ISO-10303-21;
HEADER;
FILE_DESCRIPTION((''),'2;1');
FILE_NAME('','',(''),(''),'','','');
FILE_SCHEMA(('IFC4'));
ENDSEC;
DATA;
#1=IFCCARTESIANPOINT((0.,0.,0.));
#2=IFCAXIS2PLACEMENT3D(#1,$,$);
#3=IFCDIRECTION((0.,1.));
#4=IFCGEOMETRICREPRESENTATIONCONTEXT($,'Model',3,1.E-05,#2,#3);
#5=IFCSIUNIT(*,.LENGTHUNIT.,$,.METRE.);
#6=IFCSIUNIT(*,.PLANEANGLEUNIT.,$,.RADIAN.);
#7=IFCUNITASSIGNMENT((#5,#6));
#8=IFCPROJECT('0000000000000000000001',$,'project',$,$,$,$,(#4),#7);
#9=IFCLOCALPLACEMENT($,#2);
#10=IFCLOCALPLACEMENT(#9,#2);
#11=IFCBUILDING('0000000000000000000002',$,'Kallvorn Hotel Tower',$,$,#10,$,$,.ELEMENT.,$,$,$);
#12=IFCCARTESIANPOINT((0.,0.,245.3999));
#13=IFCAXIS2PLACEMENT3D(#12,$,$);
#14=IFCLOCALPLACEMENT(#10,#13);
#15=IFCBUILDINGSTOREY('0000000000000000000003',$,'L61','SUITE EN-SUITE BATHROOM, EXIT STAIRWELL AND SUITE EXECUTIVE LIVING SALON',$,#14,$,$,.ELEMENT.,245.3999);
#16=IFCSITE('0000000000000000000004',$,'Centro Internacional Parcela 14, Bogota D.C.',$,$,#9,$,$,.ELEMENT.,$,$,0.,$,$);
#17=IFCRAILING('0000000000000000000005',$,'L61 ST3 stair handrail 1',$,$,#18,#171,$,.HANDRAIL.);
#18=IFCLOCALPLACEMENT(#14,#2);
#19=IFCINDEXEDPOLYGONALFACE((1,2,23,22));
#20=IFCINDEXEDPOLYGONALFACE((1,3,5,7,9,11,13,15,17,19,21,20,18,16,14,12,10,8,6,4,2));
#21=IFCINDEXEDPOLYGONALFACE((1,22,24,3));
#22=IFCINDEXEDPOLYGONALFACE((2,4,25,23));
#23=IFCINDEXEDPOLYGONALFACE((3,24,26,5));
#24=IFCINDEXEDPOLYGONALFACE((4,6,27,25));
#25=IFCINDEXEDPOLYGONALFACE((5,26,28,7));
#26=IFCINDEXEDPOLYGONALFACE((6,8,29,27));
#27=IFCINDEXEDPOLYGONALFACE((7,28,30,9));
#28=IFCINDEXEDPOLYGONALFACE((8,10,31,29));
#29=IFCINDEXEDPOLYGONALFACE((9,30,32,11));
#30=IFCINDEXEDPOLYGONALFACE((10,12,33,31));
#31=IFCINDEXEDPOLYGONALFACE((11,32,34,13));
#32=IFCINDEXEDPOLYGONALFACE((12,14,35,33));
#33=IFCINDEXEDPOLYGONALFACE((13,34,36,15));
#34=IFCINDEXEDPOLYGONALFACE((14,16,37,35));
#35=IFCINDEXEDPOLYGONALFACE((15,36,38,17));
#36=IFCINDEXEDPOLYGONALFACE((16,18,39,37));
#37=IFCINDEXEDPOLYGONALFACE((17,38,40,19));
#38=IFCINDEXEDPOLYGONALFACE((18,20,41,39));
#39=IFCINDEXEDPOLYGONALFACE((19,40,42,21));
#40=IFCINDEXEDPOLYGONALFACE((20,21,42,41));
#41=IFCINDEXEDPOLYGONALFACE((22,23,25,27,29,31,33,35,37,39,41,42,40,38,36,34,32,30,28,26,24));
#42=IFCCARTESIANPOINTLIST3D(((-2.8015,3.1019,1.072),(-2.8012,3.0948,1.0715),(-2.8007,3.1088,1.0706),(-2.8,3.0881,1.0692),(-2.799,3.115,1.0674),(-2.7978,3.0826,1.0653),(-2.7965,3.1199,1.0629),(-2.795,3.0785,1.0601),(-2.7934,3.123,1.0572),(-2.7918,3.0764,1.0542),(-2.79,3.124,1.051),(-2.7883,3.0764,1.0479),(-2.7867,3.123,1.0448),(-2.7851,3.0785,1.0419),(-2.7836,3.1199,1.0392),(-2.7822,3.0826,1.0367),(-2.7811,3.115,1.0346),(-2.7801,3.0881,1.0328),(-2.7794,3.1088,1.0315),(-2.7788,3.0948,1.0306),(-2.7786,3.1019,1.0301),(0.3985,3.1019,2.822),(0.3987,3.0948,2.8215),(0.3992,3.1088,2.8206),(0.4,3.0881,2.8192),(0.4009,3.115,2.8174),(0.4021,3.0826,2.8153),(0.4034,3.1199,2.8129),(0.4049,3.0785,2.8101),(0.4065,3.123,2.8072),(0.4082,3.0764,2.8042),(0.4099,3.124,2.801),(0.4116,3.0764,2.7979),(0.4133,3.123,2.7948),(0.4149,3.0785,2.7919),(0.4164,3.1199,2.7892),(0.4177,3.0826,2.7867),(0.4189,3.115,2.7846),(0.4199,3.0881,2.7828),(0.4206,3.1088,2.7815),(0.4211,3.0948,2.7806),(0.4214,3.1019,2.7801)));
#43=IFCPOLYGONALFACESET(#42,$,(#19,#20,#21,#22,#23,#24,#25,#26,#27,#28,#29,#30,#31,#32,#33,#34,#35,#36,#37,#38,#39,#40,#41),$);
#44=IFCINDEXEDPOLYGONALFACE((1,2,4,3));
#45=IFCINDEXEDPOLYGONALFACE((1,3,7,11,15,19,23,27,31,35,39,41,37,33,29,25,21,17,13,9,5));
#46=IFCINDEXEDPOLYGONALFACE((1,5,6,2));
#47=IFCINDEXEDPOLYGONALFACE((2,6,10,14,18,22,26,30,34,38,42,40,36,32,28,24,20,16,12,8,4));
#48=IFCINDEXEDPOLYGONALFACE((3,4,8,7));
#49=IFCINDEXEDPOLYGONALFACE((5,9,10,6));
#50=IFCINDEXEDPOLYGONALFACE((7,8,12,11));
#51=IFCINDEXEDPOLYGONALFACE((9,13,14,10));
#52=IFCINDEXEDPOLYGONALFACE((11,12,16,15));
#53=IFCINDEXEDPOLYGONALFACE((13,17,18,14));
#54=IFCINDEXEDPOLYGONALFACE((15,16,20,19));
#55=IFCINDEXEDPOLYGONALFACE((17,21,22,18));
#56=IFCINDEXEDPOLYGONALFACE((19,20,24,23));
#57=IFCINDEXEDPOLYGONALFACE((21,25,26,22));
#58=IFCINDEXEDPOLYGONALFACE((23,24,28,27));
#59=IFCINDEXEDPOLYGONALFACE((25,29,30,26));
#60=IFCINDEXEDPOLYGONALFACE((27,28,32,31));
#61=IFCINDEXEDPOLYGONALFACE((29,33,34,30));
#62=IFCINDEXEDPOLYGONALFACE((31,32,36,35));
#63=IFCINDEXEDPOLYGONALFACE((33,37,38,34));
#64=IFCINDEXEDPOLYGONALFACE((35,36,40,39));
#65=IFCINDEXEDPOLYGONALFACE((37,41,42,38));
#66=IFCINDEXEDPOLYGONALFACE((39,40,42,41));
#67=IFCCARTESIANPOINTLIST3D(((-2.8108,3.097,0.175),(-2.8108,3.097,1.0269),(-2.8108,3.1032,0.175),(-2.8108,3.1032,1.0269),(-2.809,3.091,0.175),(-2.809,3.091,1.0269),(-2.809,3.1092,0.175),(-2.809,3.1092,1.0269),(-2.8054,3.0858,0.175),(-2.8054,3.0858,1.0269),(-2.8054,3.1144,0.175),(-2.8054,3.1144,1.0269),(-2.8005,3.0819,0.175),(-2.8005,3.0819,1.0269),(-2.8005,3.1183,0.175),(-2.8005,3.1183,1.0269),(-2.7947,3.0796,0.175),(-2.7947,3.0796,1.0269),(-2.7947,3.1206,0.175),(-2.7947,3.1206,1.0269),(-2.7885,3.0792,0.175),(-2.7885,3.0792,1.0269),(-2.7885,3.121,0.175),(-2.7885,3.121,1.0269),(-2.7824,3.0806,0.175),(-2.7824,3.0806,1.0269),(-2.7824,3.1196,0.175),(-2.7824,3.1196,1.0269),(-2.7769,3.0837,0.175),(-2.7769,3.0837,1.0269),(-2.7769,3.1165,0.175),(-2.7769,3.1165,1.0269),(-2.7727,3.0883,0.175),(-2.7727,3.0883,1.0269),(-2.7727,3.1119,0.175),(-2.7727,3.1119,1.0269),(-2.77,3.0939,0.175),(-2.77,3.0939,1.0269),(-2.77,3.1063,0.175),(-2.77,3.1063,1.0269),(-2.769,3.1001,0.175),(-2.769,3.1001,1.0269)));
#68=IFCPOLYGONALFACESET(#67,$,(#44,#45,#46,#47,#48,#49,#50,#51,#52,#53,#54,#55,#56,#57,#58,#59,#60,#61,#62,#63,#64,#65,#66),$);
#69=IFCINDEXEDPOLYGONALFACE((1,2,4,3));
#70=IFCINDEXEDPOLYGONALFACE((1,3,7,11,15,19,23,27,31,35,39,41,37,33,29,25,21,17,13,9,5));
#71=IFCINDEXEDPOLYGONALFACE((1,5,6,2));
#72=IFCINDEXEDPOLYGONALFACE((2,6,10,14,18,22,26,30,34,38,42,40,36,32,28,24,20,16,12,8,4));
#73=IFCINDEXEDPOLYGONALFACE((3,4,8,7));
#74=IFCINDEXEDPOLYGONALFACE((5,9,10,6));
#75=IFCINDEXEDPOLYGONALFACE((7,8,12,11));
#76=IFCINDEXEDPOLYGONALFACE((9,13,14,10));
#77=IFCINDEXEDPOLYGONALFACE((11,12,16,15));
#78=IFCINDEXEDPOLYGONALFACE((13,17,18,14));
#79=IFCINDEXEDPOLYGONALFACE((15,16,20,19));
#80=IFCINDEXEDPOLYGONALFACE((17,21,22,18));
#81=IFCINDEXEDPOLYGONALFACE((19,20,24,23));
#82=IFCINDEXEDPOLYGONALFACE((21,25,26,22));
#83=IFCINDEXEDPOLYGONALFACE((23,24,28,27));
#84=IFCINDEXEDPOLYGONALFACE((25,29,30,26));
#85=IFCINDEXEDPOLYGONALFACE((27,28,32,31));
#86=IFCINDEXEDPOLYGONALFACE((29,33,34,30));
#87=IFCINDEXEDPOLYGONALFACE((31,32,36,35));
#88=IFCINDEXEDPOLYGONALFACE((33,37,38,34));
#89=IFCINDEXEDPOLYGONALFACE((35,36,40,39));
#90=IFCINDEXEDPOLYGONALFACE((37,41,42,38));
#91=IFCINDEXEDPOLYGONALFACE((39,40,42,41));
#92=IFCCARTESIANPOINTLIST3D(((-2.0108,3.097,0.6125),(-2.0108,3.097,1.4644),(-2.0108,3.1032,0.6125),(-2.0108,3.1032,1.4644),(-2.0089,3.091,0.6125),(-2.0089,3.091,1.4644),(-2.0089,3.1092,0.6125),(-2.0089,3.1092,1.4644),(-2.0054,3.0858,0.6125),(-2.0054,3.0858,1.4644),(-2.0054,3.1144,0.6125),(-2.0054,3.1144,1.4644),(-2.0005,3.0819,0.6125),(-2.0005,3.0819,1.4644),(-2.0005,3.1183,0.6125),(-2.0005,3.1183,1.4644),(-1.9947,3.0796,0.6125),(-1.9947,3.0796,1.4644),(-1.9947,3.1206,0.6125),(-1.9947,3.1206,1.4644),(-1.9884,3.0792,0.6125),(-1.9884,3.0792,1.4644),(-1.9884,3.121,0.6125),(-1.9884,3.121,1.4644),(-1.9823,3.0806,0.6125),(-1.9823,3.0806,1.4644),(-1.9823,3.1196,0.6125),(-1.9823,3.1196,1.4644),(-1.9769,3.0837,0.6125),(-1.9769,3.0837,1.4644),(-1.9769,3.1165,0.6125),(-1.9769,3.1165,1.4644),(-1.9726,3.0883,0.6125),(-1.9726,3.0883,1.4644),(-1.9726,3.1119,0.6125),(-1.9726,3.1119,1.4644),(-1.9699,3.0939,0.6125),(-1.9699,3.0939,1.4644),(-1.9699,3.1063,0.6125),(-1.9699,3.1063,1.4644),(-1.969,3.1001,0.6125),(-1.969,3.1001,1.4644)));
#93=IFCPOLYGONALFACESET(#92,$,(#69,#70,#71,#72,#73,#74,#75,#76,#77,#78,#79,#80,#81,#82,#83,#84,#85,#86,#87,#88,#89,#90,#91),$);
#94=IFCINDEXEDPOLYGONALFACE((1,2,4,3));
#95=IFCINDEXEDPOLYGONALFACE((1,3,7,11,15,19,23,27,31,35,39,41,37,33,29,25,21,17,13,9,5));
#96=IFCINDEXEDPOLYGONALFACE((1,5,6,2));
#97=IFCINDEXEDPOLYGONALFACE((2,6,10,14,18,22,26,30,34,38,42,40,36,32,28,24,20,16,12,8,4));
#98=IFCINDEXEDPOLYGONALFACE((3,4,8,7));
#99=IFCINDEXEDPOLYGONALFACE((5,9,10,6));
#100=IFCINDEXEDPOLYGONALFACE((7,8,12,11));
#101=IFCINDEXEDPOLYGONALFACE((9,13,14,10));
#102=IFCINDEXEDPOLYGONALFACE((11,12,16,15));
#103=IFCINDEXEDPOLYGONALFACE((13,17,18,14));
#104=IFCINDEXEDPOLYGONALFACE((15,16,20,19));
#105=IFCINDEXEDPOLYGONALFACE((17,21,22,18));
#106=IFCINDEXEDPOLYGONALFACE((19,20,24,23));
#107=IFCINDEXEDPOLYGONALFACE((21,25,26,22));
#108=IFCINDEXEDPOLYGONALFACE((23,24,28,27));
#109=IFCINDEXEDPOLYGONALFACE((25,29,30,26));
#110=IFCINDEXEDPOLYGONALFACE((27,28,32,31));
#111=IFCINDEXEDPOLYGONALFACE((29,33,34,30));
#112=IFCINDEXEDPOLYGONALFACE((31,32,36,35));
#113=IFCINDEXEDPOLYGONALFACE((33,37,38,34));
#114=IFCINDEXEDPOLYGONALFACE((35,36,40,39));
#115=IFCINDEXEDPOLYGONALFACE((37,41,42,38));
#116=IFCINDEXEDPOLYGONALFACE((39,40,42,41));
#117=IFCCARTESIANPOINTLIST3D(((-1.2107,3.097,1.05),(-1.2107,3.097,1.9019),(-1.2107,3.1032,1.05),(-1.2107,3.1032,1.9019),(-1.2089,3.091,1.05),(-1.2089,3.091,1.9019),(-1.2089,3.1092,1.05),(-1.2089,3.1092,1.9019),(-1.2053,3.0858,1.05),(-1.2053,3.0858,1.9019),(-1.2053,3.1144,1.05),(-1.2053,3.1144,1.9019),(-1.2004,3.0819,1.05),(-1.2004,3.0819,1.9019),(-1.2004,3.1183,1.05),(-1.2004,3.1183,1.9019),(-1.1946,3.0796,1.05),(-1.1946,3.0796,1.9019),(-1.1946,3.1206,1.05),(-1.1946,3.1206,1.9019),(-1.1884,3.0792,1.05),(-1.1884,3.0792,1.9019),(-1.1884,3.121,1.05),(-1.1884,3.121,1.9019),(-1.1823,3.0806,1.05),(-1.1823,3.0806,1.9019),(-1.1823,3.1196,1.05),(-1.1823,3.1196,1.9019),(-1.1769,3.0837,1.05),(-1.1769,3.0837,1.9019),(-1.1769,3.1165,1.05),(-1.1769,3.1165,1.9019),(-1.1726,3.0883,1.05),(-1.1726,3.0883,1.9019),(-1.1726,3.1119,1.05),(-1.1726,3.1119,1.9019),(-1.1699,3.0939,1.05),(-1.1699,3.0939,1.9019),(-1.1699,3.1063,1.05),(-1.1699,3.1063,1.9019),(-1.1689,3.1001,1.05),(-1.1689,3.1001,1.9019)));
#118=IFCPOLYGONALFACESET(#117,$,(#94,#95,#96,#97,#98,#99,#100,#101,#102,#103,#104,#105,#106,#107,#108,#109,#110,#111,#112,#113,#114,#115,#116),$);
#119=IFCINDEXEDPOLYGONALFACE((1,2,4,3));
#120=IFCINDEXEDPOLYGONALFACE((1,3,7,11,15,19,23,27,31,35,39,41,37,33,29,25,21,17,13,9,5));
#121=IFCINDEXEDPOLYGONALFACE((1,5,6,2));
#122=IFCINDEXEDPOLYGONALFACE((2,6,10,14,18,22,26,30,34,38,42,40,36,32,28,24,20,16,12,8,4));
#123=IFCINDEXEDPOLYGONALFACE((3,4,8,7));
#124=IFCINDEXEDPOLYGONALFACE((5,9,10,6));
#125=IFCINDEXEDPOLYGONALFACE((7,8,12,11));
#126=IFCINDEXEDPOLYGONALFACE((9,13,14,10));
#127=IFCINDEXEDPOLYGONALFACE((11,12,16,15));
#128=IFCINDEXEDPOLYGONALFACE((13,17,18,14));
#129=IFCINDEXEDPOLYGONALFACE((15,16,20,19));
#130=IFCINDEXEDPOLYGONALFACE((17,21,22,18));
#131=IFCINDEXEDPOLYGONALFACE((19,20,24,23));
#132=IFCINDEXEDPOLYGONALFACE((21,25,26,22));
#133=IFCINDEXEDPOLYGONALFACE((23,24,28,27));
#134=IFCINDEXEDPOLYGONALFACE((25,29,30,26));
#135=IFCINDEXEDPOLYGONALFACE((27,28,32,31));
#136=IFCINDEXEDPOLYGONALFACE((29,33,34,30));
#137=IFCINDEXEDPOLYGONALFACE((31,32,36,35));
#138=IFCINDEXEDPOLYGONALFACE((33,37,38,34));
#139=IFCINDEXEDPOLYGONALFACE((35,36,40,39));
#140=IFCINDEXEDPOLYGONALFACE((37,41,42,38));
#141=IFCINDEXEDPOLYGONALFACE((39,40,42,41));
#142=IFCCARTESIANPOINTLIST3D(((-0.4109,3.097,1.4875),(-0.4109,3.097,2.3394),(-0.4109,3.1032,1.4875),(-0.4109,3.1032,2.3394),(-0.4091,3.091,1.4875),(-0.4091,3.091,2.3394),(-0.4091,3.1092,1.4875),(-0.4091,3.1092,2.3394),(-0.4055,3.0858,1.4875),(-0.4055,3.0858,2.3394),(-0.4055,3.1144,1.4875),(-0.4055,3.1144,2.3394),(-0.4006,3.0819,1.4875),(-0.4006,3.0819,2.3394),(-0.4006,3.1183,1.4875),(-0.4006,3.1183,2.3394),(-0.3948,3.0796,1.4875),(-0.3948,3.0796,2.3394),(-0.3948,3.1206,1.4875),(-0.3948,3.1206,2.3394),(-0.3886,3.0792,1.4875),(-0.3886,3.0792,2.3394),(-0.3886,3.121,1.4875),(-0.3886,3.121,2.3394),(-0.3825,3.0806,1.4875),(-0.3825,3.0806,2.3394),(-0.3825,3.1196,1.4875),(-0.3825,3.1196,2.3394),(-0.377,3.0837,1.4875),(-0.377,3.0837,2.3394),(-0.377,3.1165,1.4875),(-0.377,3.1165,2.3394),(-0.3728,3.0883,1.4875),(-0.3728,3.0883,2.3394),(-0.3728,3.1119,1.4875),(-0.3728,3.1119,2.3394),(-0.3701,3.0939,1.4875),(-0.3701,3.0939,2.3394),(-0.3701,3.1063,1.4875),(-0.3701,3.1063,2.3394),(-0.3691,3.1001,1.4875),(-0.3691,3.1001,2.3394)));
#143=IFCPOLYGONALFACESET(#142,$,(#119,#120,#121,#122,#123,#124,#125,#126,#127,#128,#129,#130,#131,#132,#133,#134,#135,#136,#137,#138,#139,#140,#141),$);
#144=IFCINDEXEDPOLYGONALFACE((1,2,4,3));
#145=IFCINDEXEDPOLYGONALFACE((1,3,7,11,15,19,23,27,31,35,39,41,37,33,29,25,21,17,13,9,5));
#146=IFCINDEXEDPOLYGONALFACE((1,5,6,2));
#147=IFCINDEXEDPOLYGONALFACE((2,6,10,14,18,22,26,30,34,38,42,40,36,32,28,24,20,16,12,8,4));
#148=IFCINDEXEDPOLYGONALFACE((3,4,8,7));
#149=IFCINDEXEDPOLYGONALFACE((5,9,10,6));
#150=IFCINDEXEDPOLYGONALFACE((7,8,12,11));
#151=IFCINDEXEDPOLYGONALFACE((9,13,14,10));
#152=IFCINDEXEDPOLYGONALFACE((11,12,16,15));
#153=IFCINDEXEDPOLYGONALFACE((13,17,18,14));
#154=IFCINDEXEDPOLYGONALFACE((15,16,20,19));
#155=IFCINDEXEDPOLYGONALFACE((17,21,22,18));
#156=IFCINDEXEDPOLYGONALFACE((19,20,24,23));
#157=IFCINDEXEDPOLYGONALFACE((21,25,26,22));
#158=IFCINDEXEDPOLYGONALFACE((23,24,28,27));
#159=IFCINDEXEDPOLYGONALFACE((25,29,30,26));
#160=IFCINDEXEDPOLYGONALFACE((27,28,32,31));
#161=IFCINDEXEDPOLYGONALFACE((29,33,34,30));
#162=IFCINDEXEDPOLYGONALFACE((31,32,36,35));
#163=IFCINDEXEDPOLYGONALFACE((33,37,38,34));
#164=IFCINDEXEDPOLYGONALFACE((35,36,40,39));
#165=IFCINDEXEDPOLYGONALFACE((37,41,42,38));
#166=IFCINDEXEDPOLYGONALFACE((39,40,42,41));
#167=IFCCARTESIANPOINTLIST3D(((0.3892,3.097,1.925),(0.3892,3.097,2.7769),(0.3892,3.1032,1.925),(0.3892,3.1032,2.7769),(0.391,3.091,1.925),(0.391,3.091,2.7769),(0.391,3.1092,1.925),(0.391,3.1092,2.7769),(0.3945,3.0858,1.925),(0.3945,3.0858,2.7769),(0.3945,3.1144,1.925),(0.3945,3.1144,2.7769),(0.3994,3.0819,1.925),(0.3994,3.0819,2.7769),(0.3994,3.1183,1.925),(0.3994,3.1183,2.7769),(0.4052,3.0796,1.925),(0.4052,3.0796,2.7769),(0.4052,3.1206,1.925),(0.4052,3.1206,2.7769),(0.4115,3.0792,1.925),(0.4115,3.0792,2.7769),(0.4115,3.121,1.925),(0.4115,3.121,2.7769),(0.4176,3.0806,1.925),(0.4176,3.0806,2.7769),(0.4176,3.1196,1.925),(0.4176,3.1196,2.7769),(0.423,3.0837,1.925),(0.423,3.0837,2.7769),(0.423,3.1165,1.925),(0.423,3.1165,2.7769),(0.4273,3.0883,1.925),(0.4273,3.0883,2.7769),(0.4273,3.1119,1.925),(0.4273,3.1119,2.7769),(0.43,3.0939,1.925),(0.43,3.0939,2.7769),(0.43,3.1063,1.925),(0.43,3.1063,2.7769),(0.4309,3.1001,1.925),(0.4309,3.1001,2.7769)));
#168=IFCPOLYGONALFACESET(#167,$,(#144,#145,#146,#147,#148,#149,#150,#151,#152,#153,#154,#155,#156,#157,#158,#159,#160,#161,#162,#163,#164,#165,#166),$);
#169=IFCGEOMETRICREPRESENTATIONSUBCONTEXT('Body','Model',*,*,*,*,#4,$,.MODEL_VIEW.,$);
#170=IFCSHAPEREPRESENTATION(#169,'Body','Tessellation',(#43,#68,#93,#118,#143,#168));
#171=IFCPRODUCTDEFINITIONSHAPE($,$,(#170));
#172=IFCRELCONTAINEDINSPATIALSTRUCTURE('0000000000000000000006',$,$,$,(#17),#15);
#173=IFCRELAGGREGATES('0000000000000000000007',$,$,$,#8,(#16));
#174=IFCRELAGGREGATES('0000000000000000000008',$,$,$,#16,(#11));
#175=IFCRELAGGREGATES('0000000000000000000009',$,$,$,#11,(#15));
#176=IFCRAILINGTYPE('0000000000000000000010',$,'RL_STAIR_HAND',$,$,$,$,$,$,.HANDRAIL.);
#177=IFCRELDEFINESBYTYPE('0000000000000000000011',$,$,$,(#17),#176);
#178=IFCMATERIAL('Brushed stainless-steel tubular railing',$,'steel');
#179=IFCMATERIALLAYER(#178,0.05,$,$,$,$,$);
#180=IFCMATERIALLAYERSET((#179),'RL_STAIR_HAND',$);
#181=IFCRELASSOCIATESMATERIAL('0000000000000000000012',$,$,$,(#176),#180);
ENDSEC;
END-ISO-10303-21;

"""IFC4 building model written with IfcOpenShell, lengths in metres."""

from ifc_helpers import new_model, si_unit, direction, frame, origin, origin_2d, place, context, subcontext, project, spatial, circle, extrude, material, layer, layer_set, type_object, element, save


model = new_model("IFC4")

# Units and contexts
model_context = context("Model", 3, precision=1e-05, world=origin(), true_north=direction((0.0, 1.0)))
body_context = subcontext(model_context, "Body", "Model", "MODEL_VIEW")
ifc_project = project(units=[si_unit("LENGTHUNIT", "METRE"), si_unit("PLANEANGLEUNIT", "RADIAN")], contexts=[model_context])

# Site, building, storey
site_placement = place(None, origin())
site = spatial("IfcSite", under=ifc_project, at=site_placement, Name="Centro Internacional Parcela 14, Bogota D.C.", CompositionType="ELEMENT", RefElevation=0.0)
building_placement = place(site_placement, origin())
building = spatial("IfcBuilding", under=site, at=building_placement, Name="Kallvorn Hotel Tower", CompositionType="ELEMENT")
storey_placement = place(building_placement, frame((0.0, 0.0, 245.3999)))
storey = spatial("IfcBuildingStorey", under=building, at=storey_placement, Name="L61", Description="SUITE EN-SUITE BATHROOM, EXIT STAIRWELL AND SUITE EXECUTIVE LIVING SALON", CompositionType="ELEMENT", Elevation=245.3999)

# Railing
ifc_material_1 = material(Name="Brushed stainless-steel tubular railing", Category="steel")
ifc_layer_1 = layer(ifc_material_1, 0.05)
ifc_layer_set_1 = layer_set([ifc_layer_1], Name="RL_STAIR_HAND")
railing_type_1 = type_object("IfcRailingType", Name="RL_STAIR_HAND", PredefinedType="HANDRAIL", material=ifc_layer_set_1)
railing_1_placement = place(storey_placement, frame((-2.79, 3.1001, 0.175)))
element("IfcRailing", 1, at=railing_1_placement, inside=storey, type_object=railing_type_1, Name="L61 ST3 stair handrail 1", PredefinedType="HANDRAIL", context=body_context, shape_type="SweptSolid", body=[
    extrude(circle(Radius=0.0239, at=origin_2d()), frame((0.0, 0.0, 0.876), z_axis=(0.877368, 0.0, 0.479818), x_axis=(0.0, 1.0, 0.0)), (0.0, 0.0, 1.0), 3.6472),
    extrude(circle(Radius=0.021, at=origin_2d()), origin(), (0.0, 0.0, 1.0), 0.8518),
    extrude(circle(Radius=0.021, at=origin_2d()), frame((0.8, 0.0, 0.4375)), (0.0, 0.0, 1.0), 0.8518),
    extrude(circle(Radius=0.021, at=origin_2d()), frame((1.6001, 0.0, 0.875)), (0.0, 0.0, 1.0), 0.8518),
    extrude(circle(Radius=0.021, at=origin_2d()), frame((2.3999, 0.0, 1.3125)), (0.0, 0.0, 1.0), 0.8518),
    extrude(circle(Radius=0.021, at=origin_2d()), frame((3.2, 0.0, 1.75)), (0.0, 0.0, 1.0), 0.8518),
])

save(model, "model.ifc")
